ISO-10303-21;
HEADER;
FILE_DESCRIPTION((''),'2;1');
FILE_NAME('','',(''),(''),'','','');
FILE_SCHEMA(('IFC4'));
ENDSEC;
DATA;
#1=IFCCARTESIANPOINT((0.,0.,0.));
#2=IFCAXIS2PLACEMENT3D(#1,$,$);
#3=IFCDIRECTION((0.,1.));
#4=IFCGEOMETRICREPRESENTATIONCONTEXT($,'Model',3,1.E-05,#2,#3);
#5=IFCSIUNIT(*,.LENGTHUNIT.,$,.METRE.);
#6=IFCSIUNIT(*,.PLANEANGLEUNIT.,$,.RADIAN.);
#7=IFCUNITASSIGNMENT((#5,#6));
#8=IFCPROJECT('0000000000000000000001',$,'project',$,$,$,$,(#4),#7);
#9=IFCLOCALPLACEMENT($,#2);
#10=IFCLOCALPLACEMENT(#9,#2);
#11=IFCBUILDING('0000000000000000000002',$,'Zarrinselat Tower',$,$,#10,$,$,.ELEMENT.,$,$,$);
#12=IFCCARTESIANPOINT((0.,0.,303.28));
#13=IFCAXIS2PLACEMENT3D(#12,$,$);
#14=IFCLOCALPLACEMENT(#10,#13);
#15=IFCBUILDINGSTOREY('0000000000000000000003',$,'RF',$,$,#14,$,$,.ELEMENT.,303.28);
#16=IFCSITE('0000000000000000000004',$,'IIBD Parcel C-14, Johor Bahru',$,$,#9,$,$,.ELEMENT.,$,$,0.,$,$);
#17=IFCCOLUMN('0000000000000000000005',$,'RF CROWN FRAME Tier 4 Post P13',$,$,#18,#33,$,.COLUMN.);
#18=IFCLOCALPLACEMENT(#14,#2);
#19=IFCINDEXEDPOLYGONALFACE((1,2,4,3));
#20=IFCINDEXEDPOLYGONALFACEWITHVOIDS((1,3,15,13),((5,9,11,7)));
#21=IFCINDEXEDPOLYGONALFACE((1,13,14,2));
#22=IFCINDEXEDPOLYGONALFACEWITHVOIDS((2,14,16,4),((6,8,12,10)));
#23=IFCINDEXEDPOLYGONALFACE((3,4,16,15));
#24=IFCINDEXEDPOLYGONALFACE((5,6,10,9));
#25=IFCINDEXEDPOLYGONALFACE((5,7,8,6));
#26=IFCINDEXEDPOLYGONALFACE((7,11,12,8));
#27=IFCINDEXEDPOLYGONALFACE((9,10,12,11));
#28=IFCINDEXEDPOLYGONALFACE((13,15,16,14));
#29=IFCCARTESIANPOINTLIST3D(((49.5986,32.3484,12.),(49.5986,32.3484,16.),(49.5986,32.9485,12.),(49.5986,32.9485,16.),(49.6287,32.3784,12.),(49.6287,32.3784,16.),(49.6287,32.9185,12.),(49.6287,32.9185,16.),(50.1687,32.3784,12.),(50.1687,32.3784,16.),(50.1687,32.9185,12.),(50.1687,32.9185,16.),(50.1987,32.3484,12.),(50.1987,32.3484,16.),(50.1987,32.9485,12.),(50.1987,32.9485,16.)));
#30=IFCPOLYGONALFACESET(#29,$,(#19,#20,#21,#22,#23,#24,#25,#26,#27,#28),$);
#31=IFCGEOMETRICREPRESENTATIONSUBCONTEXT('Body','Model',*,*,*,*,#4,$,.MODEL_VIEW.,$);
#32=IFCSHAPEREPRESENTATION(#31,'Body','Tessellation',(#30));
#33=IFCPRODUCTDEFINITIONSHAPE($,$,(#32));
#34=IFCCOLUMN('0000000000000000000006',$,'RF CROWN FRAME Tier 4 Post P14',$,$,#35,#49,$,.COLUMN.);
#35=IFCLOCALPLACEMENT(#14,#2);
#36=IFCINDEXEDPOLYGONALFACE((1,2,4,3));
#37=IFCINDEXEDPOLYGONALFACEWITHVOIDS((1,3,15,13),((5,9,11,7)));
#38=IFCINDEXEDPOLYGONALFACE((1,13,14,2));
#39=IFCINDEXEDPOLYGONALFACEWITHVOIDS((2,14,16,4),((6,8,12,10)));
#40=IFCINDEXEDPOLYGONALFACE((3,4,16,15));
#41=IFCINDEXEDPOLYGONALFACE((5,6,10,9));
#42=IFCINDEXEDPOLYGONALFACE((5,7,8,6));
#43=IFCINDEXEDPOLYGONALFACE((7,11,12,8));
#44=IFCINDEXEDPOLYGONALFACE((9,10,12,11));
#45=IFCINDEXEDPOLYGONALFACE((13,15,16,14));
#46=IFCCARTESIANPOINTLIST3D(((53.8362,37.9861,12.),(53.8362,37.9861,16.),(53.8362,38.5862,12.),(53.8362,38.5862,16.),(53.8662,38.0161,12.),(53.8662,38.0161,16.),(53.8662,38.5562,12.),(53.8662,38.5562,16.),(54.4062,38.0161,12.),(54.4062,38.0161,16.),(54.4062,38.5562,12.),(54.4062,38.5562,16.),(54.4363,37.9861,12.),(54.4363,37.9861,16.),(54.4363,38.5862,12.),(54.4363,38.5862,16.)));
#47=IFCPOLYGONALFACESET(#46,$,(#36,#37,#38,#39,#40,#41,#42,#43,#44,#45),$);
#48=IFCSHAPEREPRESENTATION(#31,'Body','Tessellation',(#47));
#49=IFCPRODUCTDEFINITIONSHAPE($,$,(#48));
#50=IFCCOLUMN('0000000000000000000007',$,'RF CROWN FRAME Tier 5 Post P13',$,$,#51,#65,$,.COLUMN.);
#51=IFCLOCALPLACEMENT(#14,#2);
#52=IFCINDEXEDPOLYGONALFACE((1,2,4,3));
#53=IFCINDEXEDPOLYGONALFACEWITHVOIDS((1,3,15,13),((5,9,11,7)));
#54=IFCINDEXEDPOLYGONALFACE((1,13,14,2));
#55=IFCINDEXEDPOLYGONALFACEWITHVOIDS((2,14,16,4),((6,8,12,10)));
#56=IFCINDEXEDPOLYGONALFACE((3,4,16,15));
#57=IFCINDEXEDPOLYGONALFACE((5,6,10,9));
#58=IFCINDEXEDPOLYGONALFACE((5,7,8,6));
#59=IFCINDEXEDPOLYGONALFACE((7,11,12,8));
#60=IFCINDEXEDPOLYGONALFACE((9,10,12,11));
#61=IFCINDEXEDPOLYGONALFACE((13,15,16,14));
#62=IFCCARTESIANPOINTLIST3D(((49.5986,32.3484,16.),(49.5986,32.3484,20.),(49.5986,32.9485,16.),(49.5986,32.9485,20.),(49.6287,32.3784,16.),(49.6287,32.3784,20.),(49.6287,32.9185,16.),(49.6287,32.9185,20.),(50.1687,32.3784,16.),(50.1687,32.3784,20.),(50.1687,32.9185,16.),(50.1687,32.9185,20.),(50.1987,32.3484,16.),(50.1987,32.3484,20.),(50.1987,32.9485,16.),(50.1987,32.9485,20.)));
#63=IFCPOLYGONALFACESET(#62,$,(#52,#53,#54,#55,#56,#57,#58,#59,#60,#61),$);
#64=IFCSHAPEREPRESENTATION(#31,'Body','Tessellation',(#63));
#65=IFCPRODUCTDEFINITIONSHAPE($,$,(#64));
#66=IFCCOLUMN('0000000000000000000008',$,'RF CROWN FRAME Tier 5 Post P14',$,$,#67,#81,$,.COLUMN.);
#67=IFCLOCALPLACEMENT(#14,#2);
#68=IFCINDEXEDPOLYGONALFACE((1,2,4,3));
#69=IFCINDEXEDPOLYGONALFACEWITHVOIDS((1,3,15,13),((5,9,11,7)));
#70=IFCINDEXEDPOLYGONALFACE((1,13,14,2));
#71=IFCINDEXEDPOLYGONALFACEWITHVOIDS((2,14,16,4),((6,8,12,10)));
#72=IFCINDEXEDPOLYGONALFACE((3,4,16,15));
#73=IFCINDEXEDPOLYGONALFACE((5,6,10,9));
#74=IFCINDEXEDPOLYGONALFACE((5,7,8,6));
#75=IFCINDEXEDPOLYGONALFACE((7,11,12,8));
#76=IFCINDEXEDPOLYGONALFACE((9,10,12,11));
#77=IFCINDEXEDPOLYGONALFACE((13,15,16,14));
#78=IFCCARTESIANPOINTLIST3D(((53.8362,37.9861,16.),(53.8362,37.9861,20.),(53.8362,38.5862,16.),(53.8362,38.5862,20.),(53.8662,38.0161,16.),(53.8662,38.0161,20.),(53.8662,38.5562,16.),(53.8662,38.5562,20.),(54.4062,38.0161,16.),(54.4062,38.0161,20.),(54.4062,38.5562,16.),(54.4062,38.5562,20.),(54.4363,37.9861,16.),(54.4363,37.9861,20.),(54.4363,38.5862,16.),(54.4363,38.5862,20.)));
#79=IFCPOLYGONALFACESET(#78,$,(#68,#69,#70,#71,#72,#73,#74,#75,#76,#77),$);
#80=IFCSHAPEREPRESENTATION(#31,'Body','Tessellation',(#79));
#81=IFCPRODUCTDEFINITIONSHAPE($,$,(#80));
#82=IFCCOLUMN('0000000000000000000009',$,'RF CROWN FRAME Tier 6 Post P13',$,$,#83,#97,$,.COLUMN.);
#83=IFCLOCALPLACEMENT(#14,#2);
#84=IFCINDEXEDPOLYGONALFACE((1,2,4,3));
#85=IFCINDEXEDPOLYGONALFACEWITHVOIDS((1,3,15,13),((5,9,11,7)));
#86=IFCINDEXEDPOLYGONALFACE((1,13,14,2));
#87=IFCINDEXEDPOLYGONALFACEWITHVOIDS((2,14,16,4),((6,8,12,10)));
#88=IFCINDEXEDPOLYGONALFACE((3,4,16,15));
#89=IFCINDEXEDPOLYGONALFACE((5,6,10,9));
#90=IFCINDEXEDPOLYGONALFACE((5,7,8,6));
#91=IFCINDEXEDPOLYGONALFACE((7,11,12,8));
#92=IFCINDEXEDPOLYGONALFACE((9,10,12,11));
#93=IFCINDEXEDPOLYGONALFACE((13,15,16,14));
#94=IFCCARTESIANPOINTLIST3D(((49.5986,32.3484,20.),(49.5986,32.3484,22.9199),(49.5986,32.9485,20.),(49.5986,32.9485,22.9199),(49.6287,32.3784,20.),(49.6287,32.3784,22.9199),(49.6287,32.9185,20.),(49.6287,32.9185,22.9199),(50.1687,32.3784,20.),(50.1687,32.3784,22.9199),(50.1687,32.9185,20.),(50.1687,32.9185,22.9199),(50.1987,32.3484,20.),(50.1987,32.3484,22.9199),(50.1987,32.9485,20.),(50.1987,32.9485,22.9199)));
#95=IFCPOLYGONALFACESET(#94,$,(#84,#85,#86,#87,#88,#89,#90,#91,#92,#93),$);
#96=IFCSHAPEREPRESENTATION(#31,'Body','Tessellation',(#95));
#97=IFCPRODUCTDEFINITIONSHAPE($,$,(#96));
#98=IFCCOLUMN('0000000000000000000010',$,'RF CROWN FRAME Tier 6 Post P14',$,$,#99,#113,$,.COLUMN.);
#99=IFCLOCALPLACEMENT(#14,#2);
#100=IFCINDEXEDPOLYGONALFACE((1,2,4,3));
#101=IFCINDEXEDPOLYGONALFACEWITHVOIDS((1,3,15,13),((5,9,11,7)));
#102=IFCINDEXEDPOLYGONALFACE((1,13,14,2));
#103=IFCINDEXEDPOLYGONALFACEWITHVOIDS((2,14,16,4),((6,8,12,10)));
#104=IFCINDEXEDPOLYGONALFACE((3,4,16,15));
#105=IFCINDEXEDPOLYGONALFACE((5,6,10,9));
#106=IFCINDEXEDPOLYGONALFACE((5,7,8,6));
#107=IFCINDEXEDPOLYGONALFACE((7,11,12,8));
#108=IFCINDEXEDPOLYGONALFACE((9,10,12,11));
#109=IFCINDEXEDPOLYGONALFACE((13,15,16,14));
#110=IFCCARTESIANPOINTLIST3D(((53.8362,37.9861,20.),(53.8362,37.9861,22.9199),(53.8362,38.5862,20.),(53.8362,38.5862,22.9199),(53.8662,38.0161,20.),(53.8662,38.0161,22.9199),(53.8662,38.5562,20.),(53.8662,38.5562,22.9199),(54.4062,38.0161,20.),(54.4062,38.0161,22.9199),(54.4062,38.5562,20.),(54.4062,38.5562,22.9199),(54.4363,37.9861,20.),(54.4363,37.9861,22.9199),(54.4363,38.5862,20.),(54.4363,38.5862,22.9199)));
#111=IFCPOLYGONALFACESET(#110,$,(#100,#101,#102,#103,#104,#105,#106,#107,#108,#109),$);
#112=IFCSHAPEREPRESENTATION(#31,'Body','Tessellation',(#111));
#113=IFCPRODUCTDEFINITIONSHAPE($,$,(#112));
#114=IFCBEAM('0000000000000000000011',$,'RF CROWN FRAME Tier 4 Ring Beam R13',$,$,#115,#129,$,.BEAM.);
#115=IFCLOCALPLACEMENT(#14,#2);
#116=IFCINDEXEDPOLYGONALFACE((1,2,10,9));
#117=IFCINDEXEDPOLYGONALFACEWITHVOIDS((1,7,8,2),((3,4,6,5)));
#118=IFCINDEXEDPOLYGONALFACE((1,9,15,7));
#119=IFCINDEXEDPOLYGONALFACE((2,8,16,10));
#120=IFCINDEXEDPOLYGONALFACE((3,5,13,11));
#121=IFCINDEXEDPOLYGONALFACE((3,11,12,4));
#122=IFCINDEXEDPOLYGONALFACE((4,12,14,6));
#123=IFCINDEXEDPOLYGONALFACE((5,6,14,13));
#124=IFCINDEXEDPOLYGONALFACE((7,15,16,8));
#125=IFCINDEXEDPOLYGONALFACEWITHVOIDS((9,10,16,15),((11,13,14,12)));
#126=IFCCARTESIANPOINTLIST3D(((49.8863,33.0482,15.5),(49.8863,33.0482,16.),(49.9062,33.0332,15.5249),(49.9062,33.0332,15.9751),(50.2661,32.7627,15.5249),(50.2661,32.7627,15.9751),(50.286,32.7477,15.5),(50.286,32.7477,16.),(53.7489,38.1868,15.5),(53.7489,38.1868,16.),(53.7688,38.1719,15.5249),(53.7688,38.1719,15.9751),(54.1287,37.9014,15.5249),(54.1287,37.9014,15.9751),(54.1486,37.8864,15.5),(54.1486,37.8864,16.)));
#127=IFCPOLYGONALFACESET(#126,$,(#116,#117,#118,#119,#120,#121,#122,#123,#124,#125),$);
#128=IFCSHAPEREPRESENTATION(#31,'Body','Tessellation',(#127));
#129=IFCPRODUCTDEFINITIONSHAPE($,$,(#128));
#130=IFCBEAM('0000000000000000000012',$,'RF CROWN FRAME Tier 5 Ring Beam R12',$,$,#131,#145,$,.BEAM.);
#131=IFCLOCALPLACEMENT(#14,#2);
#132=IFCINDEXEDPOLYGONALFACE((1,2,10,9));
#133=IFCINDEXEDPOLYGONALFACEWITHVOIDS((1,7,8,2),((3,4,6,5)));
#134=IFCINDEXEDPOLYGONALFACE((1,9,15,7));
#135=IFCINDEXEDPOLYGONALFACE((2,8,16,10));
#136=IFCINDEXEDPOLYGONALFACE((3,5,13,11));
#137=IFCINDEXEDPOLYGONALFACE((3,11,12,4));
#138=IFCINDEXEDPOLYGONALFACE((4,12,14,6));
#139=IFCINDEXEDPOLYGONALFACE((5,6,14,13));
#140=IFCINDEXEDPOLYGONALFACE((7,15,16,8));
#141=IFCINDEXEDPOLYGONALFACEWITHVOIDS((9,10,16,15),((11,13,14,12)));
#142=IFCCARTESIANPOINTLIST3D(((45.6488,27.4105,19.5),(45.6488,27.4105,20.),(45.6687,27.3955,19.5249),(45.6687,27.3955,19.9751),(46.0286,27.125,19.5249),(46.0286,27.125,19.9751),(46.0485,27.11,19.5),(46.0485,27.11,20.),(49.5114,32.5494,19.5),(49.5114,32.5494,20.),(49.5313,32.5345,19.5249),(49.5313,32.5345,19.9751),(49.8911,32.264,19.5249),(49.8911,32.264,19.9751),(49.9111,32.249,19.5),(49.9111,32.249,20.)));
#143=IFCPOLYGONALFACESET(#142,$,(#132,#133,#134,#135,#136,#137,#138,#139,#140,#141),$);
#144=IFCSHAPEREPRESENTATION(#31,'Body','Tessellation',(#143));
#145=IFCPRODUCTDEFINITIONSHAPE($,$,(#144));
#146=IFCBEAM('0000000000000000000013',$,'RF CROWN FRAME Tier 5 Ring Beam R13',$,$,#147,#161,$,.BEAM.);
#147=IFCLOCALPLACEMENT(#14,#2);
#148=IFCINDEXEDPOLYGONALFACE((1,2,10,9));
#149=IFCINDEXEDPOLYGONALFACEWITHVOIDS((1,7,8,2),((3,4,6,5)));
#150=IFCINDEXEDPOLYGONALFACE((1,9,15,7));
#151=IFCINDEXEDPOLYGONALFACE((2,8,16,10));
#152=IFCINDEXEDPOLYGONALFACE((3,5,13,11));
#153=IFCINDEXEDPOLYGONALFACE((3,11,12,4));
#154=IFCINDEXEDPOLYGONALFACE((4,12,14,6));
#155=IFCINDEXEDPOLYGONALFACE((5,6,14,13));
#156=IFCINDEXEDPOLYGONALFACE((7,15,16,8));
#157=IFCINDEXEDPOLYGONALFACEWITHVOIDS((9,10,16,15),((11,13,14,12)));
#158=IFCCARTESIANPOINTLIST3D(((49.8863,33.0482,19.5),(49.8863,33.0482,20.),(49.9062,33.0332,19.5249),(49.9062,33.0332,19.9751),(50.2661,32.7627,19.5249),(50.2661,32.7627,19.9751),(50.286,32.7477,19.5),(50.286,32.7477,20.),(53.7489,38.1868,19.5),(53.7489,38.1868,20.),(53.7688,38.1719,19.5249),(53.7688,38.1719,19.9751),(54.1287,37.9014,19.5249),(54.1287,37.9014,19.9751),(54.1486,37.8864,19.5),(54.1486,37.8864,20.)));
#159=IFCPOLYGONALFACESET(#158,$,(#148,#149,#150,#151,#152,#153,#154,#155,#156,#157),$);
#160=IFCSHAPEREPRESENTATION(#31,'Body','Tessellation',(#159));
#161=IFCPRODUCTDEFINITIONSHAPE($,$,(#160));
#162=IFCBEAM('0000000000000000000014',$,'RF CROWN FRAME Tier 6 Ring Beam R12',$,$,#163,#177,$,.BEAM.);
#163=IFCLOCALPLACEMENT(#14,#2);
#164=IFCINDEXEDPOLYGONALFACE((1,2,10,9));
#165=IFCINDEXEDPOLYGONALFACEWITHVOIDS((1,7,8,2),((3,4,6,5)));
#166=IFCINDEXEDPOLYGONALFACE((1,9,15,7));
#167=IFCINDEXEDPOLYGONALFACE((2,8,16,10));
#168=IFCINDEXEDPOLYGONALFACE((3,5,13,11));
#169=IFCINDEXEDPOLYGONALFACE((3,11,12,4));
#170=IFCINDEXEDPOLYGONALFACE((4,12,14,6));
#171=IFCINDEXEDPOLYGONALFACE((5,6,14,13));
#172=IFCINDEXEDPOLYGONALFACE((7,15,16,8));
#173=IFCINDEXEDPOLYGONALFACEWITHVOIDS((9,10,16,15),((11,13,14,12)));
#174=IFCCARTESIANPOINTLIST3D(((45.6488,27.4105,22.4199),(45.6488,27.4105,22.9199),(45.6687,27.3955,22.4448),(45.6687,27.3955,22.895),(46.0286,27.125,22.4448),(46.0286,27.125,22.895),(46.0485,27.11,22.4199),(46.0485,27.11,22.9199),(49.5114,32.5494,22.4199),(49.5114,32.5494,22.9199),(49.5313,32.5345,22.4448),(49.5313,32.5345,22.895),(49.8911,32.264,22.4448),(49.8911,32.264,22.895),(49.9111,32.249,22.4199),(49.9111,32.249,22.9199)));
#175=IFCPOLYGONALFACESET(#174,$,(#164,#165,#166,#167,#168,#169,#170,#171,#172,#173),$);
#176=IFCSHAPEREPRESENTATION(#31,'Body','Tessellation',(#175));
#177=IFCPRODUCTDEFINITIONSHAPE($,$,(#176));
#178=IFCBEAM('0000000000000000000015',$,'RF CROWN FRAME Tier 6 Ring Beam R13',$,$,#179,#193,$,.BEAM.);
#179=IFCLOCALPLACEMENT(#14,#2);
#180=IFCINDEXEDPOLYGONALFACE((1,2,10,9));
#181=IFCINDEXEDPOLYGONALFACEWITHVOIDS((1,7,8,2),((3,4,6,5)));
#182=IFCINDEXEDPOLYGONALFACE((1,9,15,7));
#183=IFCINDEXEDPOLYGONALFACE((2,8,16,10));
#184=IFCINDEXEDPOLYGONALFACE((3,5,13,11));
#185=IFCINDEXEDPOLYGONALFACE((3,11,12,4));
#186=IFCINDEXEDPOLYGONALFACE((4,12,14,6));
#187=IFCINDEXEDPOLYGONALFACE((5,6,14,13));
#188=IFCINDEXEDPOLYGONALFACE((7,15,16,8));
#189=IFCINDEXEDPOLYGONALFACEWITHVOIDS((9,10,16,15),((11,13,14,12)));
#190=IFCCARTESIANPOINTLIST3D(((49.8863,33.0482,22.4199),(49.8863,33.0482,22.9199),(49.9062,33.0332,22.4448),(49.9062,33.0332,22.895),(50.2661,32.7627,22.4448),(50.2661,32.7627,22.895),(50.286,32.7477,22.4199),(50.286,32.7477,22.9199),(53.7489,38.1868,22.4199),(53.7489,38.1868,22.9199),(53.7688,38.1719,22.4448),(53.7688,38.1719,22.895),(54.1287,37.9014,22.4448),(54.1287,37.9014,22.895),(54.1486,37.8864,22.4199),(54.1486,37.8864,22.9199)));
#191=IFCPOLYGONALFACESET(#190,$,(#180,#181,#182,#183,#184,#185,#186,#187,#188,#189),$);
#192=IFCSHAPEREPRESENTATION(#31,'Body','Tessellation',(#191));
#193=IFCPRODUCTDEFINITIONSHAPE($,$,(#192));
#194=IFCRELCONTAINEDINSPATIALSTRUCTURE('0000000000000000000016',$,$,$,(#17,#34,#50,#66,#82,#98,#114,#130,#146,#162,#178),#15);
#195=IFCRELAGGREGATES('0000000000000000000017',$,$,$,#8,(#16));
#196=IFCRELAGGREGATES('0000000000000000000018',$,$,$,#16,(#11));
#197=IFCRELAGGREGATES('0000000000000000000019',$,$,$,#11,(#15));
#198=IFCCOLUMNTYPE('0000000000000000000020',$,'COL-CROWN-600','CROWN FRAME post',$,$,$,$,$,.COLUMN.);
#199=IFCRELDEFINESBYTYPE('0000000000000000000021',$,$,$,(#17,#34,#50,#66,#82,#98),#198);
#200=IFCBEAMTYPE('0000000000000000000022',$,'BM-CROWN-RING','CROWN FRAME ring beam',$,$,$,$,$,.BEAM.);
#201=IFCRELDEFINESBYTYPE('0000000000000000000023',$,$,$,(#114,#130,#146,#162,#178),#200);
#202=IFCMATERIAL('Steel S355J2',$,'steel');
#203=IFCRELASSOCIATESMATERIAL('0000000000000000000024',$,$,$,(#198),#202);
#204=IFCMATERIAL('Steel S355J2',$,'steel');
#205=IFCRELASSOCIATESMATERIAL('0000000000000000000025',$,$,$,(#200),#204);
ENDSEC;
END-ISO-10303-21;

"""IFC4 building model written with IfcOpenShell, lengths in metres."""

from ifc_helpers import new_model, si_unit, direction, frame, origin, origin_2d, place, context, subcontext, project, spatial, hollow_rectangle, extrude, material, material_profile, profile_set, type_object, element, save


model = new_model("IFC4")

# Units and contexts
model_context = context("Model", 3, precision=1e-05, world=origin(), true_north=direction((0.0, 1.0)))
body_context = subcontext(model_context, "Body", "Model", "MODEL_VIEW")
ifc_project = project(units=[si_unit("LENGTHUNIT", "METRE"), si_unit("PLANEANGLEUNIT", "RADIAN")], contexts=[model_context])

# Site, building, storey
site_placement = place(None, origin())
site = spatial("IfcSite", under=ifc_project, at=site_placement, Name="IIBD Parcel C-14, Johor Bahru", CompositionType="ELEMENT", RefElevation=0.0)
building_placement = place(site_placement, origin())
building = spatial("IfcBuilding", under=site, at=building_placement, Name="Zarrinselat Tower", CompositionType="ELEMENT")
storey_placement = place(building_placement, frame((0.0, 0.0, 303.28)))
storey = spatial("IfcBuildingStorey", under=building, at=storey_placement, Name="RF", CompositionType="ELEMENT", Elevation=303.28)

# Columns
ifc_material_1 = material(Name="Steel S355J2", Category="steel")
ifc_material_profile_1 = material_profile(ifc_material_1, hollow_rectangle(XDim=0.6001, YDim=0.6001, WallThickness=0.03, at=origin_2d()), Name="SHS 600x600x30")
ifc_profile_set_1 = profile_set([ifc_material_profile_1], Name="Steel S355J2")
column_type = type_object("IfcColumnType", Name="COL-CROWN-600", Description="CROWN FRAME post", PredefinedType="COLUMN", material=ifc_profile_set_1)
for number, where, z_axis, x_axis, name in (
    (1, (49.8987, 32.6484, 12.0), (0.0, 0.0, 1.0), (1.0, 0.0, 0.0), "RF CROWN FRAME Tier 4 Post P13"),
    (2, (54.1362, 38.2861, 12.0), (0.0, 0.0, 1.0), (1.0, 0.0, 0.0), "RF CROWN FRAME Tier 4 Post P14"),
    (3, (49.8987, 32.6484, 16.0), (0.0, 0.0, 1.0), (1.0, 0.0, 0.0), "RF CROWN FRAME Tier 5 Post P13"),
    (4, (54.1362, 38.2861, 16.0), (0.0, 0.0, 1.0), (1.0, 0.0, 0.0), "RF CROWN FRAME Tier 5 Post P14"),
):
    element("IfcColumn", number, at=place(storey_placement, frame(where, z_axis=z_axis, x_axis=x_axis)), inside=storey, type_object=column_type, Name=name, PredefinedType="COLUMN", context=body_context, shape_type="SweptSolid", body=[
        extrude(hollow_rectangle(XDim=0.6001, YDim=0.6001, WallThickness=0.03, at=origin_2d()), origin(), (0.0, 0.0, 1.0), 4.0),
    ])
for number, where, z_axis, x_axis, name in (
    (5, (49.8987, 32.6484, 20.0), (0.0, 0.0, 1.0), (1.0, 0.0, 0.0), "RF CROWN FRAME Tier 6 Post P13"),
    (6, (54.1362, 38.2861, 20.0), (0.0, 0.0, 1.0), (1.0, 0.0, 0.0), "RF CROWN FRAME Tier 6 Post P14"),
):
    element("IfcColumn", number, at=place(storey_placement, frame(where, z_axis=z_axis, x_axis=x_axis)), inside=storey, type_object=column_type, Name=name, PredefinedType="COLUMN", context=body_context, shape_type="SweptSolid", body=[
        extrude(hollow_rectangle(XDim=0.6001, YDim=0.6001, WallThickness=0.03, at=origin_2d()), origin(), (0.0, 0.0, 1.0), 2.9199),
    ])

# Beams
ifc_material_2 = material(Name="Steel S355J2", Category="steel")
ifc_material_profile_2 = material_profile(ifc_material_2, hollow_rectangle(XDim=0.5, YDim=0.5, WallThickness=0.0249, at=origin_2d()), Name="SHS 500x500x25")
ifc_profile_set_2 = profile_set([ifc_material_profile_2], Name="Steel S355J2")
beam_type = type_object("IfcBeamType", Name="BM-CROWN-RING", Description="CROWN FRAME ring beam", PredefinedType="BEAM", material=ifc_profile_set_2)
beam_1_placement = place(storey_placement, frame((50.0862, 32.8979, 15.75), z_axis=(0.60085, 0.799362, 0.0), x_axis=(-0.799362, 0.60085, 0.0)))
element("IfcBeam", 7, at=beam_1_placement, inside=storey, type_object=beam_type, Name="RF CROWN FRAME Tier 4 Ring Beam R13", PredefinedType="BEAM", context=body_context, shape_type="SweptSolid", body=[
    extrude(hollow_rectangle(XDim=0.5, YDim=0.5, WallThickness=0.0249, at=origin_2d()), origin(), (0.0, 0.0, 1.0), 6.4285),
])
beam_2_placement = place(storey_placement, frame((45.8486, 27.2603, 19.75), z_axis=(0.600832, 0.799375, 0.0), x_axis=(-0.799375, 0.600832, 0.0)))
element("IfcBeam", 8, at=beam_2_placement, inside=storey, type_object=beam_type, Name="RF CROWN FRAME Tier 5 Ring Beam R12", PredefinedType="BEAM", context=body_context, shape_type="SweptSolid", body=[
    extrude(hollow_rectangle(XDim=0.5, YDim=0.5, WallThickness=0.0249, at=origin_2d()), origin(), (0.0, 0.0, 1.0), 6.4287),
])
beam_3_placement = place(storey_placement, frame((50.0862, 32.8979, 19.75), z_axis=(0.60085, 0.799362, 0.0), x_axis=(-0.799362, 0.60085, 0.0)))
element("IfcBeam", 9, at=beam_3_placement, inside=storey, type_object=beam_type, Name="RF CROWN FRAME Tier 5 Ring Beam R13", PredefinedType="BEAM", context=body_context, shape_type="SweptSolid", body=[
    extrude(hollow_rectangle(XDim=0.5, YDim=0.5, WallThickness=0.0249, at=origin_2d()), origin(), (0.0, 0.0, 1.0), 6.4285),
])
beam_4_placement = place(storey_placement, frame((45.8486, 27.2603, 22.6699), z_axis=(0.600832, 0.799375, 0.0), x_axis=(-0.799375, 0.600832, 0.0)))
element("IfcBeam", 10, at=beam_4_placement, inside=storey, type_object=beam_type, Name="RF CROWN FRAME Tier 6 Ring Beam R12", PredefinedType="BEAM", context=body_context, shape_type="SweptSolid", body=[
    extrude(hollow_rectangle(XDim=0.5, YDim=0.5, WallThickness=0.0249, at=origin_2d()), origin(), (0.0, 0.0, 1.0), 6.4287),
])
beam_5_placement = place(storey_placement, frame((50.0862, 32.8979, 22.6699), z_axis=(0.60085, 0.799362, 0.0), x_axis=(-0.799362, 0.60085, 0.0)))
element("IfcBeam", 11, at=beam_5_placement, inside=storey, type_object=beam_type, Name="RF CROWN FRAME Tier 6 Ring Beam R13", PredefinedType="BEAM", context=body_context, shape_type="SweptSolid", body=[
    extrude(hollow_rectangle(XDim=0.5, YDim=0.5, WallThickness=0.0249, at=origin_2d()), origin(), (0.0, 0.0, 1.0), 6.4285),
])

save(model, "model.ifc")
